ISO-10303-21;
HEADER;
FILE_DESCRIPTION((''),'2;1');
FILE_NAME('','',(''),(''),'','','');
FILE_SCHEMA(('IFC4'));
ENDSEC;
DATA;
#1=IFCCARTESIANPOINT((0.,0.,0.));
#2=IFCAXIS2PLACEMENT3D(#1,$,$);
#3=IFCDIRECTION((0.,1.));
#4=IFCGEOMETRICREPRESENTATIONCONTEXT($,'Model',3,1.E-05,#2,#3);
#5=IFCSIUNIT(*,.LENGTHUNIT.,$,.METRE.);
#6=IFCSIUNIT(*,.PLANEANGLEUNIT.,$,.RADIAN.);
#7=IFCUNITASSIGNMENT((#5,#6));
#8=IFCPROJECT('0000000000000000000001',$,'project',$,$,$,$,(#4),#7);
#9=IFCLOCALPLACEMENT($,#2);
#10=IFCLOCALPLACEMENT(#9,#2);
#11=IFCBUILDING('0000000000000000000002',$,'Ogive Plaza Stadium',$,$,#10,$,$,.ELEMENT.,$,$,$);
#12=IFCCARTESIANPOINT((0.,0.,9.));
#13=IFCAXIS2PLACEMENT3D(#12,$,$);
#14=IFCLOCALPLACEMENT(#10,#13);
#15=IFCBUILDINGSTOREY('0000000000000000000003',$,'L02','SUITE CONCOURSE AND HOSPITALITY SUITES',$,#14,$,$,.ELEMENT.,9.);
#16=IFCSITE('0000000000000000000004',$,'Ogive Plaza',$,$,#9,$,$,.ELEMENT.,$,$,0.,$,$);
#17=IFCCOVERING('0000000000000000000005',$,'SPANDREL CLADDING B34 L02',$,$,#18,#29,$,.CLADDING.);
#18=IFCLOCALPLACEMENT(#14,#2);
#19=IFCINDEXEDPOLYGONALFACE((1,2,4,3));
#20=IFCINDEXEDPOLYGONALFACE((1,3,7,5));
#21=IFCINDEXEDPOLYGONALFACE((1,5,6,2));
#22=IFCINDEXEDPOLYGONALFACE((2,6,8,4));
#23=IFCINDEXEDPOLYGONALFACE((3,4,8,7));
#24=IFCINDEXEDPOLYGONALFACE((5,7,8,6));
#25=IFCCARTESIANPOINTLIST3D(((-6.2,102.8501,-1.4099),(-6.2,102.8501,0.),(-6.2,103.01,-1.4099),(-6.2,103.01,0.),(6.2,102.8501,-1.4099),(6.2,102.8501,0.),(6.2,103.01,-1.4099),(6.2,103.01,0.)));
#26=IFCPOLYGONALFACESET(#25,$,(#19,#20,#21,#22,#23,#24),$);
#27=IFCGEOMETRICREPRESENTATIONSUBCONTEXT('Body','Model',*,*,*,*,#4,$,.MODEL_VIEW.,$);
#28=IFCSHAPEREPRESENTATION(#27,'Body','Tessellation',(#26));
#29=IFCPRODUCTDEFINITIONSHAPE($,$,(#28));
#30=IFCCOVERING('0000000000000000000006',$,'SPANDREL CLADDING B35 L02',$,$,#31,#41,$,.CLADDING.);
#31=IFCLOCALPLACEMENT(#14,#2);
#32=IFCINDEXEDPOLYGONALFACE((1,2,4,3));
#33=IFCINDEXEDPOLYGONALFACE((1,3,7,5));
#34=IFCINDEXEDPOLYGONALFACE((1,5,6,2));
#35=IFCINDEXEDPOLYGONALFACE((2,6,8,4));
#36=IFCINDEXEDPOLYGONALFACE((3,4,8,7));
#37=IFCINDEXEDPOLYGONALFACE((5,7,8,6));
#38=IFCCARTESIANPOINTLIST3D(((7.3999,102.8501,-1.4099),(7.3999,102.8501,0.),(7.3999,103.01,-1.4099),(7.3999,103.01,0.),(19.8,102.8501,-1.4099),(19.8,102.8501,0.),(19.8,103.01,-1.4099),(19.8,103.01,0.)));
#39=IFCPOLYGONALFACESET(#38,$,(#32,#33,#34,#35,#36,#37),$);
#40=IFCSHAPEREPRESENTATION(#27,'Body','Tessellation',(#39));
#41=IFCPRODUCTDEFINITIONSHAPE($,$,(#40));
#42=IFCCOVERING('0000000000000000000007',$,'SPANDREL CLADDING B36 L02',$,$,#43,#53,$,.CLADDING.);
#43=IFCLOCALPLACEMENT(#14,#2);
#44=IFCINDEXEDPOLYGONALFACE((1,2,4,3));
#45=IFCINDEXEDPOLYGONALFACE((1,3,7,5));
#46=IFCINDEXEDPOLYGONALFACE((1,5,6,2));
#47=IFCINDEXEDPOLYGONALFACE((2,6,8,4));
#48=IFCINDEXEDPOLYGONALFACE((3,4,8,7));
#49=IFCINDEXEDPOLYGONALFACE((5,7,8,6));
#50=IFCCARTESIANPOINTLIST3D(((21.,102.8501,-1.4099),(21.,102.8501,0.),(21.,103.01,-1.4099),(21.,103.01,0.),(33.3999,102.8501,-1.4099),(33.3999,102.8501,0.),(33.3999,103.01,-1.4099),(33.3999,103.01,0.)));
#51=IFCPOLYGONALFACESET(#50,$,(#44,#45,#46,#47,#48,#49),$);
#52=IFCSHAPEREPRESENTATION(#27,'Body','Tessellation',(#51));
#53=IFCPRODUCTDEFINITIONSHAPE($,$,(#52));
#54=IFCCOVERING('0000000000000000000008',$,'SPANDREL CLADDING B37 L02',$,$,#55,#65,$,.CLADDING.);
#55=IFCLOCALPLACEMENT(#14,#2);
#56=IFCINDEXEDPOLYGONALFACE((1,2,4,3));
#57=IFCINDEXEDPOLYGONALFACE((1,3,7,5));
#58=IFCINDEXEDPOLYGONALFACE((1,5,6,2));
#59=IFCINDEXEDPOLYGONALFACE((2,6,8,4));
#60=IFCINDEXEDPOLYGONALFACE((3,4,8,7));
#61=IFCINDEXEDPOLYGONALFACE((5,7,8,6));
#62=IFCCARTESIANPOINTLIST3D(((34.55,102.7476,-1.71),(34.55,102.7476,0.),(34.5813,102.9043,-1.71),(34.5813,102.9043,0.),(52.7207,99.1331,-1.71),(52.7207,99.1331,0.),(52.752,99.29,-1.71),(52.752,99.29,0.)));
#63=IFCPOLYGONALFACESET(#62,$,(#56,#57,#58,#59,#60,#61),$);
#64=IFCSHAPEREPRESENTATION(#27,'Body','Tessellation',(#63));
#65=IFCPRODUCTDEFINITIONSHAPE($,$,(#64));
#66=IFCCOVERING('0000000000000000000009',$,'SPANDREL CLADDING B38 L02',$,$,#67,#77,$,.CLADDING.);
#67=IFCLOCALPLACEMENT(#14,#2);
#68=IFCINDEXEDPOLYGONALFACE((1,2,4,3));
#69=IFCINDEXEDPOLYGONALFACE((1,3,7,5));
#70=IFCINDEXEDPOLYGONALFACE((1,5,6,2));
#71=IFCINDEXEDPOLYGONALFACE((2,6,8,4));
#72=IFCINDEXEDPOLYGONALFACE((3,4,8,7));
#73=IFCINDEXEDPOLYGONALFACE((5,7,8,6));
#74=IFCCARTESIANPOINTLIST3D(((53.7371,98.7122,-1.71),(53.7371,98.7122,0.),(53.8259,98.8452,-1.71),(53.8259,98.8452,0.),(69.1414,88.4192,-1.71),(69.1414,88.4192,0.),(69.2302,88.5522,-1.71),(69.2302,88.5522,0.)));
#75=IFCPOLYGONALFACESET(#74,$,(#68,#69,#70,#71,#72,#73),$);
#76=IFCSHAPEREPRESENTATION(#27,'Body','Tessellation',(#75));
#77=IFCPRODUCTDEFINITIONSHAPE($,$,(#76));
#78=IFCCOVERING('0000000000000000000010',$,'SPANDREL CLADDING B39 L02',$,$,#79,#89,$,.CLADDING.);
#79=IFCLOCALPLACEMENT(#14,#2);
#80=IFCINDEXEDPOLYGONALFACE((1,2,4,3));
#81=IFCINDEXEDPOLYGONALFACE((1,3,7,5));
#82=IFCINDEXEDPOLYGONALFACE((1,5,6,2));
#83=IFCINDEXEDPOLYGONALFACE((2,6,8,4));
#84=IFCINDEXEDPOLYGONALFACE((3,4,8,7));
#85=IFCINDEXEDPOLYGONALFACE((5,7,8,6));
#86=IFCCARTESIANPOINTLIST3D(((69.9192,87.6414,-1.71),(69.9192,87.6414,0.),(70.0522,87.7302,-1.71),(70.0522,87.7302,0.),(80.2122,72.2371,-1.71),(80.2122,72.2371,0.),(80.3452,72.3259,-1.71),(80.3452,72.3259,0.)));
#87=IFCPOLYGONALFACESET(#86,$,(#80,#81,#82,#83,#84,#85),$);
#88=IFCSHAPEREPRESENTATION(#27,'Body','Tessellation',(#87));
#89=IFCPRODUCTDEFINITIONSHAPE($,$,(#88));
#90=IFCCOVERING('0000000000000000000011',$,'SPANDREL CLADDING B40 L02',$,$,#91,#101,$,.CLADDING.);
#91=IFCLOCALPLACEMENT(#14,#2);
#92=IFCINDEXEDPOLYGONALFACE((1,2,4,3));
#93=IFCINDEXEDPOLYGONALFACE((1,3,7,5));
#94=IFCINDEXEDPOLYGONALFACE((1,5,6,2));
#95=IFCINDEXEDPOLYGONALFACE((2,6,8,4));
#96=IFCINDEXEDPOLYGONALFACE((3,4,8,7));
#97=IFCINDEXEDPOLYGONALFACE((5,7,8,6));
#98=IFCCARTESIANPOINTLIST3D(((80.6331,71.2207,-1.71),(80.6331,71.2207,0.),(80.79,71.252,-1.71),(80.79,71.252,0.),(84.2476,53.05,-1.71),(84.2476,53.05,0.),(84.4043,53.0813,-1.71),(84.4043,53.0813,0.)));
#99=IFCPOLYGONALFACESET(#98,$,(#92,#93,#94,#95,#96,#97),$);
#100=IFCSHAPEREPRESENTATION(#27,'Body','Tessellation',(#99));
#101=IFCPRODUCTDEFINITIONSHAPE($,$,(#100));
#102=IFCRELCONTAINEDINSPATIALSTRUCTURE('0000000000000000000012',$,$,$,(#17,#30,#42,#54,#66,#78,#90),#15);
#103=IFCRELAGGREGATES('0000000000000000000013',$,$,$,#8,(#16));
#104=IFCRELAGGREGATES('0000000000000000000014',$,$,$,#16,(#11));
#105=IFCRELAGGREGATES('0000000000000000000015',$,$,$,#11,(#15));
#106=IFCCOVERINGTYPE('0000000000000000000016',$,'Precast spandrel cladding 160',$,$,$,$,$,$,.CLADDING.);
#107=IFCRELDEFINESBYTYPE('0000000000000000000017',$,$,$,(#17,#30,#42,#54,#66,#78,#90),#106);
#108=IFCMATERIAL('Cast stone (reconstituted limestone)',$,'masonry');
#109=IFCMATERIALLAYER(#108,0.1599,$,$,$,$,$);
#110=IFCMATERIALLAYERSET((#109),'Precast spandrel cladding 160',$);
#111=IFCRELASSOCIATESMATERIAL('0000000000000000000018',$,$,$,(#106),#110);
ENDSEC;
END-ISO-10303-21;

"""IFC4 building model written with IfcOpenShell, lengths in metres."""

from ifc_helpers import new_model, si_unit, direction, frame, origin, place, context, subcontext, project, spatial, polyline, outline, extrude, material, layer, layer_set, type_object, element, save


model = new_model("IFC4")

# Units and contexts
model_context = context("Model", 3, precision=1e-05, world=origin(), true_north=direction((0.0, 1.0)))
body_context = subcontext(model_context, "Body", "Model", "MODEL_VIEW")
ifc_project = project(units=[si_unit("LENGTHUNIT", "METRE"), si_unit("PLANEANGLEUNIT", "RADIAN")], contexts=[model_context])

# Site, building, storey
site_placement = place(None, origin())
site = spatial("IfcSite", under=ifc_project, at=site_placement, Name="Ogive Plaza", CompositionType="ELEMENT", RefElevation=0.0)
building_placement = place(site_placement, origin())
building = spatial("IfcBuilding", under=site, at=building_placement, Name="Ogive Plaza Stadium", CompositionType="ELEMENT")
storey_placement = place(building_placement, frame((0.0, 0.0, 9.0)))
storey = spatial("IfcBuildingStorey", under=building, at=storey_placement, Name="L02", Description="SUITE CONCOURSE AND HOSPITALITY SUITES", CompositionType="ELEMENT", Elevation=9.0)

# Coverings
ifc_material_1 = material(Name="Cast stone (reconstituted limestone)", Category="masonry")
ifc_layer_1 = layer(ifc_material_1, 0.1599)
ifc_layer_set_1 = layer_set([ifc_layer_1], Name="Precast spandrel cladding 160")
covering_type = type_object("IfcCoveringType", Name="Precast spandrel cladding 160", PredefinedType="CLADDING", material=ifc_layer_set_1)
covering_1_placement = place(storey_placement, frame((0.0, 0.0, -1.4099)))
element("IfcCovering", 1, at=covering_1_placement, inside=storey, type_object=covering_type, Name="SPANDREL CLADDING B34 L02", PredefinedType="CLADDING", context=body_context, shape_type="SweptSolid", body=[
    extrude(outline(polyline([(-6.2, 102.8501), (6.2, 102.8501), (6.2, 103.01), (-6.2, 103.01), (-6.2, 102.8501)])), origin(), (0.0, 0.0, 1.0), 1.4099),
])
covering_2_placement = place(storey_placement, frame((0.0, 0.0, -1.4099)))
element("IfcCovering", 2, at=covering_2_placement, inside=storey, type_object=covering_type, Name="SPANDREL CLADDING B35 L02", PredefinedType="CLADDING", context=body_context, shape_type="SweptSolid", body=[
    extrude(outline(polyline([(7.3999, 102.8501), (19.8, 102.8501), (19.8, 103.01), (7.3999, 103.01), (7.3999, 102.8501)])), origin(), (0.0, 0.0, 1.0), 1.4099),
])
covering_3_placement = place(storey_placement, frame((0.0, 0.0, -1.4099)))
element("IfcCovering", 3, at=covering_3_placement, inside=storey, type_object=covering_type, Name="SPANDREL CLADDING B36 L02", PredefinedType="CLADDING", context=body_context, shape_type="SweptSolid", body=[
    extrude(outline(polyline([(21.0, 102.8501), (33.3999, 102.8501), (33.3999, 103.01), (21.0, 103.01), (21.0, 102.8501)])), origin(), (0.0, 0.0, 1.0), 1.4099),
])
covering_4_placement = place(storey_placement, frame((0.0, 0.0, -1.71)))
element("IfcCovering", 4, at=covering_4_placement, inside=storey, type_object=covering_type, Name="SPANDREL CLADDING B37 L02", PredefinedType="CLADDING", context=body_context, shape_type="SweptSolid", body=[
    extrude(outline(polyline([(34.55, 102.7476), (52.7207, 99.1331), (52.752, 99.29), (34.5813, 102.9043), (34.55, 102.7476)])), origin(), (0.0, 0.0, 1.0), 1.71),
])
covering_5_placement = place(storey_placement, frame((0.0, 0.0, -1.71)))
element("IfcCovering", 5, at=covering_5_placement, inside=storey, type_object=covering_type, Name="SPANDREL CLADDING B38 L02", PredefinedType="CLADDING", context=body_context, shape_type="SweptSolid", body=[
    extrude(outline(polyline([(53.7371, 98.7122), (69.1414, 88.4192), (69.2302, 88.5522), (53.8259, 98.8452), (53.7371, 98.7122)])), origin(), (0.0, 0.0, 1.0), 1.71),
])
covering_6_placement = place(storey_placement, frame((0.0, 0.0, -1.71)))
element("IfcCovering", 6, at=covering_6_placement, inside=storey, type_object=covering_type, Name="SPANDREL CLADDING B39 L02", PredefinedType="CLADDING", context=body_context, shape_type="SweptSolid", body=[
    extrude(outline(polyline([(69.9192, 87.6414), (80.2122, 72.2371), (80.3452, 72.3259), (70.0522, 87.7302), (69.9192, 87.6414)])), origin(), (0.0, 0.0, 1.0), 1.71),
])
covering_7_placement = place(storey_placement, frame((0.0, 0.0, -1.71)))
element("IfcCovering", 7, at=covering_7_placement, inside=storey, type_object=covering_type, Name="SPANDREL CLADDING B40 L02", PredefinedType="CLADDING", context=body_context, shape_type="SweptSolid", body=[
    extrude(outline(polyline([(80.6331, 71.2207), (84.2476, 53.05), (84.4043, 53.0813), (80.79, 71.252), (80.6331, 71.2207)])), origin(), (0.0, 0.0, 1.0), 1.71),
])

save(model, "model.ifc")
